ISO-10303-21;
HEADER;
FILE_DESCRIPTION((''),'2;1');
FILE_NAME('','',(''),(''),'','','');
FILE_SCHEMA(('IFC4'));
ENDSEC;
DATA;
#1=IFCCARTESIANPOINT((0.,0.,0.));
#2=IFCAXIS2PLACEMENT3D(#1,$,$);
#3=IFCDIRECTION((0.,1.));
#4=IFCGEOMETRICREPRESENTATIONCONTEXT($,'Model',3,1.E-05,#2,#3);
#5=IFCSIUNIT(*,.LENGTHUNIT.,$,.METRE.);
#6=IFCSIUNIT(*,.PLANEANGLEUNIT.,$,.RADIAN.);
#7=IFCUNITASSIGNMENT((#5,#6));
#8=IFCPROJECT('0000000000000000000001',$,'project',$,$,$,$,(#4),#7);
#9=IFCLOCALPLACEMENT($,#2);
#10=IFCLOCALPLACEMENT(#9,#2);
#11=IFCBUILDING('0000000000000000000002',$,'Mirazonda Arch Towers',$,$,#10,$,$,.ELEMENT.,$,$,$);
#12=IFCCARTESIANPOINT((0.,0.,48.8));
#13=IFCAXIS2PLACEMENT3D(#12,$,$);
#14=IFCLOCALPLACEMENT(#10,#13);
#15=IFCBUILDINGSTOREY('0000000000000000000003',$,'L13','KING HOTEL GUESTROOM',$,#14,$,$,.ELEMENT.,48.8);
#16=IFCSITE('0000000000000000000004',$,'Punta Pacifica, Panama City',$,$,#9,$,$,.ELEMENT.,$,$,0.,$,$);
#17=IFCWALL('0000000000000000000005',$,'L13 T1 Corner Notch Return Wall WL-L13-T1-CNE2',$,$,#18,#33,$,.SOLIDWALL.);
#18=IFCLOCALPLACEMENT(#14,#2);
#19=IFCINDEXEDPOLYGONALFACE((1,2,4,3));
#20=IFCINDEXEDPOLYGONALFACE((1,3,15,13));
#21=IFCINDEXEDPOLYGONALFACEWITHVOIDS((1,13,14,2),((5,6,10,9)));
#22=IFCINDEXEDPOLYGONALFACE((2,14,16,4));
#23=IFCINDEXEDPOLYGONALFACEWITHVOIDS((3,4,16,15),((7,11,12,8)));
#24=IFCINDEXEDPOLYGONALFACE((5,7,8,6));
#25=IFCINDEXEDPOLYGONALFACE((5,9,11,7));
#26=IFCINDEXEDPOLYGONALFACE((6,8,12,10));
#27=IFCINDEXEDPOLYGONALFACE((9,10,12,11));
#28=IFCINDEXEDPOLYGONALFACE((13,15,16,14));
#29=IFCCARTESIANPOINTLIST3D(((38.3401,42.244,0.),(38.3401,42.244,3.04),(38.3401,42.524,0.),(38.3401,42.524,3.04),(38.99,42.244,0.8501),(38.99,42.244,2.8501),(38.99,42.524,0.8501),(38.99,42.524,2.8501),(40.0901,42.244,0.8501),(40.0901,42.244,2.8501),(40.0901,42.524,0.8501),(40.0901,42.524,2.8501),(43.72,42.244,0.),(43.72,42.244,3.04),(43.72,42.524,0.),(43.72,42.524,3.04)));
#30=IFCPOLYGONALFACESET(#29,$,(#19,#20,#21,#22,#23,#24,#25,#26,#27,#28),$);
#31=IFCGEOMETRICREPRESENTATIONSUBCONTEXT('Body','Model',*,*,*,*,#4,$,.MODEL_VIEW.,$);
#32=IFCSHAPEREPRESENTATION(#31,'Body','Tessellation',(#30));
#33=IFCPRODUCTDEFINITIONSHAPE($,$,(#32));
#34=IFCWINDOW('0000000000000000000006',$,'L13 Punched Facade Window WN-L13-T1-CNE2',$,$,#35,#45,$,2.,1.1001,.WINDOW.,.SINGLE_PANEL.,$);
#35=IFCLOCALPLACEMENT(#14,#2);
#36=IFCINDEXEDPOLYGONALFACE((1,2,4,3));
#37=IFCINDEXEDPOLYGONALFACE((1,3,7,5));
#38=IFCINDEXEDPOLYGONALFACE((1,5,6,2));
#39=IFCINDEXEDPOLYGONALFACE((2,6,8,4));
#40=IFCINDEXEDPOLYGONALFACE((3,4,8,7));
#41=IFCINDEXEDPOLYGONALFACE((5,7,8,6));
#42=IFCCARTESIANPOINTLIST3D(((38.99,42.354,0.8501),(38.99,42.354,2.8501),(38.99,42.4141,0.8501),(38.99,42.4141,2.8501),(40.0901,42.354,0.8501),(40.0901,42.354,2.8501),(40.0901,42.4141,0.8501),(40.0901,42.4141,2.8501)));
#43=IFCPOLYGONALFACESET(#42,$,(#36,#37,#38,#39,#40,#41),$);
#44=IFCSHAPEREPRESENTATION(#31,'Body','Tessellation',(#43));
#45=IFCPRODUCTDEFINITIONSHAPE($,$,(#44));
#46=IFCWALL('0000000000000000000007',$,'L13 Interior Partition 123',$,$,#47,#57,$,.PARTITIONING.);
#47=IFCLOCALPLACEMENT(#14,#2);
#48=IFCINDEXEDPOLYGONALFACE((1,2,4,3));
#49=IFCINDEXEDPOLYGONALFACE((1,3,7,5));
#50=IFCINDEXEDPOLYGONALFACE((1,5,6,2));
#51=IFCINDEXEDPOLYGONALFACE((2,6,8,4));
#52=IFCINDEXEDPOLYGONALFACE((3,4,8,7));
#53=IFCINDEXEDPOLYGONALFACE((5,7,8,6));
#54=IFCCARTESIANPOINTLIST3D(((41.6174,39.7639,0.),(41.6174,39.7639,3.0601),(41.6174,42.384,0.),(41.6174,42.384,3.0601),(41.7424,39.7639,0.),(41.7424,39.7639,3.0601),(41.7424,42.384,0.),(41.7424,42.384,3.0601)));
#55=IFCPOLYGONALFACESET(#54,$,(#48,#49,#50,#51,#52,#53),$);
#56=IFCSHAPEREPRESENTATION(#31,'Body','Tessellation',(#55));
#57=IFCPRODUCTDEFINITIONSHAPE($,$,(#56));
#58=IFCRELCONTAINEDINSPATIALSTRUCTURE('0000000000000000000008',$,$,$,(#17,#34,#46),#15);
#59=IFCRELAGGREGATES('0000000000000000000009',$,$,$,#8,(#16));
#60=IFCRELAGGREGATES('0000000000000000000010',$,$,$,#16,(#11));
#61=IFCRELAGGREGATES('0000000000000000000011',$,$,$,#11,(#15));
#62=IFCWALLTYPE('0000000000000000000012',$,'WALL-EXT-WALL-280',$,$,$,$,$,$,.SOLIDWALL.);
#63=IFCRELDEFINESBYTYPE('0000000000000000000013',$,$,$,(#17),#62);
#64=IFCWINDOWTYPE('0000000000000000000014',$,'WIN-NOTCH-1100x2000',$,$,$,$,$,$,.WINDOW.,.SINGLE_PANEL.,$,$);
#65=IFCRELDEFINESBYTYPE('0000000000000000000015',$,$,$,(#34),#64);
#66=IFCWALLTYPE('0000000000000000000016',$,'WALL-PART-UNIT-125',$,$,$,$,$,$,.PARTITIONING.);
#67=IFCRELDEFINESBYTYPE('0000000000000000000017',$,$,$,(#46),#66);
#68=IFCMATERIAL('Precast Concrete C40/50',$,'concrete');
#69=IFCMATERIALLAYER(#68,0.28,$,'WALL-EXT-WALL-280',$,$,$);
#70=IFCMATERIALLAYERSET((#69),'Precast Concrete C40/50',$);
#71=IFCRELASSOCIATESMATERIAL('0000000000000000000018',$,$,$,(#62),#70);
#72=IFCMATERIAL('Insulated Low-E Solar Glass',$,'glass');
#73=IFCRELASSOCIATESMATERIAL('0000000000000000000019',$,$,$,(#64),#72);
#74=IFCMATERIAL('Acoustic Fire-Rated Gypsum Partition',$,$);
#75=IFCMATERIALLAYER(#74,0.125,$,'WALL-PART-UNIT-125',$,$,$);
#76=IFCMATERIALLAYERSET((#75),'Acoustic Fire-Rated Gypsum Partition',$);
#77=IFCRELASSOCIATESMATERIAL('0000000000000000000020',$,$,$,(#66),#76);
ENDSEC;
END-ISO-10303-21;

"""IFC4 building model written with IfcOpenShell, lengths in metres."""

from ifc_helpers import new_model, si_unit, direction, frame, frame_2d, origin, place, context, subcontext, project, spatial, rectangle, extrude, material, layer, layer_set, type_object, element, fill, save


model = new_model("IFC4")

# Units and contexts
model_context = context("Model", 3, precision=1e-05, world=origin(), true_north=direction((0.0, 1.0)))
body_context = subcontext(model_context, "Body", "Model", "MODEL_VIEW")
ifc_project = project(units=[si_unit("LENGTHUNIT", "METRE"), si_unit("PLANEANGLEUNIT", "RADIAN")], contexts=[model_context])

# Site, building, storey
site_placement = place(None, origin())
site = spatial("IfcSite", under=ifc_project, at=site_placement, Name="Punta Pacifica, Panama City", CompositionType="ELEMENT", RefElevation=0.0)
building_placement = place(site_placement, origin())
building = spatial("IfcBuilding", under=site, at=building_placement, Name="Mirazonda Arch Towers", CompositionType="ELEMENT")
storey_placement = place(building_placement, frame((0.0, 0.0, 48.8)))
storey = spatial("IfcBuildingStorey", under=building, at=storey_placement, Name="L13", Description="KING HOTEL GUESTROOM", CompositionType="ELEMENT", Elevation=48.8)

# Shared definitions
ifc_material_1 = material(Name="Insulated Low-E Solar Glass", Category="glass")

# Wall, opening, window
ifc_material_2 = material(Name="Precast Concrete C40/50", Category="concrete")
ifc_layer_1 = layer(ifc_material_2, 0.28, Name="WALL-EXT-WALL-280")
ifc_layer_set_1 = layer_set([ifc_layer_1], Name="Precast Concrete C40/50")
wall_type_1 = type_object("IfcWallType", Name="WALL-EXT-WALL-280", PredefinedType="SOLIDWALL", material=ifc_layer_set_1)
wall_1_placement = place(storey_placement, frame((43.72, 42.384, 0.0), z_axis=(0.0, 0.0, 1.0), x_axis=(-1.0, 0.0, 0.0)))
wall_1 = element("IfcWall", 1, at=wall_1_placement, inside=storey, type_object=wall_type_1, Name="L13 T1 Corner Notch Return Wall WL-L13-T1-CNE2", PredefinedType="SOLIDWALL", context=body_context, shape_type="SweptSolid", body=[
    extrude(rectangle(XDim=5.3799, YDim=0.28, at=frame_2d((2.6899, 0.0))), origin(), (0.0, 0.0, 1.0), 3.04),
])
opening_1_placement = place(wall_1_placement, frame((3.6299, 0.0, 0.8501)))
opening_1 = element("IfcOpeningElement", 2, at=opening_1_placement, cuts=wall_1, PredefinedType="OPENING", context=body_context, shape_type="SweptSolid", body=[
    extrude(rectangle(XDim=1.1001, YDim=2.0, at=frame_2d((0.55, 1.0))), frame((0.0, 0.1499, 0.0), z_axis=(0.0, -1.0, 0.0), x_axis=(1.0, 0.0, 0.0)), (0.0, 0.0, 1.0), 0.3),
])
window_type = type_object("IfcWindowType", Name="WIN-NOTCH-1100x2000", PartitioningType="SINGLE_PANEL", PredefinedType="WINDOW", material=ifc_material_1)
window_placement = place(opening_1_placement, origin())
window = element("IfcWindow", 3, at=window_placement, inside=storey, type_object=window_type, Name="L13 Punched Facade Window WN-L13-T1-CNE2", OverallHeight=2.0, OverallWidth=1.1001, PartitioningType="SINGLE_PANEL", PredefinedType="WINDOW", context=body_context, shape_type="SweptSolid", body=[
    extrude(rectangle(XDim=1.1001, YDim=2.0, at=frame_2d((0.55, 1.0))), frame((0.0, 0.03, 0.0), z_axis=(0.0, -1.0, 0.0), x_axis=(1.0, 0.0, 0.0)), (0.0, 0.0, 1.0), 0.0601),
])
fill(opening_1, window)

# Wall
ifc_material_3 = material(Name="Acoustic Fire-Rated Gypsum Partition")
ifc_layer_2 = layer(ifc_material_3, 0.125, Name="WALL-PART-UNIT-125")
ifc_layer_set_2 = layer_set([ifc_layer_2], Name="Acoustic Fire-Rated Gypsum Partition")
wall_type_2 = type_object("IfcWallType", Name="WALL-PART-UNIT-125", PredefinedType="PARTITIONING", material=ifc_layer_set_2)
wall_2_placement = place(storey_placement, frame((41.6799, 39.7639, 0.0), z_axis=(0.0, 0.0, 1.0), x_axis=(0.0, 1.0, 0.0)))
element("IfcWall", 4, at=wall_2_placement, inside=storey, type_object=wall_type_2, Name="L13 Interior Partition 123", PredefinedType="PARTITIONING", context=body_context, shape_type="SweptSolid", body=[
    extrude(rectangle(XDim=2.6201, YDim=0.125, at=frame_2d((1.3101, 0.0))), origin(), (0.0, 0.0, 1.0), 3.0601),
])

save(model, "model.ifc")
